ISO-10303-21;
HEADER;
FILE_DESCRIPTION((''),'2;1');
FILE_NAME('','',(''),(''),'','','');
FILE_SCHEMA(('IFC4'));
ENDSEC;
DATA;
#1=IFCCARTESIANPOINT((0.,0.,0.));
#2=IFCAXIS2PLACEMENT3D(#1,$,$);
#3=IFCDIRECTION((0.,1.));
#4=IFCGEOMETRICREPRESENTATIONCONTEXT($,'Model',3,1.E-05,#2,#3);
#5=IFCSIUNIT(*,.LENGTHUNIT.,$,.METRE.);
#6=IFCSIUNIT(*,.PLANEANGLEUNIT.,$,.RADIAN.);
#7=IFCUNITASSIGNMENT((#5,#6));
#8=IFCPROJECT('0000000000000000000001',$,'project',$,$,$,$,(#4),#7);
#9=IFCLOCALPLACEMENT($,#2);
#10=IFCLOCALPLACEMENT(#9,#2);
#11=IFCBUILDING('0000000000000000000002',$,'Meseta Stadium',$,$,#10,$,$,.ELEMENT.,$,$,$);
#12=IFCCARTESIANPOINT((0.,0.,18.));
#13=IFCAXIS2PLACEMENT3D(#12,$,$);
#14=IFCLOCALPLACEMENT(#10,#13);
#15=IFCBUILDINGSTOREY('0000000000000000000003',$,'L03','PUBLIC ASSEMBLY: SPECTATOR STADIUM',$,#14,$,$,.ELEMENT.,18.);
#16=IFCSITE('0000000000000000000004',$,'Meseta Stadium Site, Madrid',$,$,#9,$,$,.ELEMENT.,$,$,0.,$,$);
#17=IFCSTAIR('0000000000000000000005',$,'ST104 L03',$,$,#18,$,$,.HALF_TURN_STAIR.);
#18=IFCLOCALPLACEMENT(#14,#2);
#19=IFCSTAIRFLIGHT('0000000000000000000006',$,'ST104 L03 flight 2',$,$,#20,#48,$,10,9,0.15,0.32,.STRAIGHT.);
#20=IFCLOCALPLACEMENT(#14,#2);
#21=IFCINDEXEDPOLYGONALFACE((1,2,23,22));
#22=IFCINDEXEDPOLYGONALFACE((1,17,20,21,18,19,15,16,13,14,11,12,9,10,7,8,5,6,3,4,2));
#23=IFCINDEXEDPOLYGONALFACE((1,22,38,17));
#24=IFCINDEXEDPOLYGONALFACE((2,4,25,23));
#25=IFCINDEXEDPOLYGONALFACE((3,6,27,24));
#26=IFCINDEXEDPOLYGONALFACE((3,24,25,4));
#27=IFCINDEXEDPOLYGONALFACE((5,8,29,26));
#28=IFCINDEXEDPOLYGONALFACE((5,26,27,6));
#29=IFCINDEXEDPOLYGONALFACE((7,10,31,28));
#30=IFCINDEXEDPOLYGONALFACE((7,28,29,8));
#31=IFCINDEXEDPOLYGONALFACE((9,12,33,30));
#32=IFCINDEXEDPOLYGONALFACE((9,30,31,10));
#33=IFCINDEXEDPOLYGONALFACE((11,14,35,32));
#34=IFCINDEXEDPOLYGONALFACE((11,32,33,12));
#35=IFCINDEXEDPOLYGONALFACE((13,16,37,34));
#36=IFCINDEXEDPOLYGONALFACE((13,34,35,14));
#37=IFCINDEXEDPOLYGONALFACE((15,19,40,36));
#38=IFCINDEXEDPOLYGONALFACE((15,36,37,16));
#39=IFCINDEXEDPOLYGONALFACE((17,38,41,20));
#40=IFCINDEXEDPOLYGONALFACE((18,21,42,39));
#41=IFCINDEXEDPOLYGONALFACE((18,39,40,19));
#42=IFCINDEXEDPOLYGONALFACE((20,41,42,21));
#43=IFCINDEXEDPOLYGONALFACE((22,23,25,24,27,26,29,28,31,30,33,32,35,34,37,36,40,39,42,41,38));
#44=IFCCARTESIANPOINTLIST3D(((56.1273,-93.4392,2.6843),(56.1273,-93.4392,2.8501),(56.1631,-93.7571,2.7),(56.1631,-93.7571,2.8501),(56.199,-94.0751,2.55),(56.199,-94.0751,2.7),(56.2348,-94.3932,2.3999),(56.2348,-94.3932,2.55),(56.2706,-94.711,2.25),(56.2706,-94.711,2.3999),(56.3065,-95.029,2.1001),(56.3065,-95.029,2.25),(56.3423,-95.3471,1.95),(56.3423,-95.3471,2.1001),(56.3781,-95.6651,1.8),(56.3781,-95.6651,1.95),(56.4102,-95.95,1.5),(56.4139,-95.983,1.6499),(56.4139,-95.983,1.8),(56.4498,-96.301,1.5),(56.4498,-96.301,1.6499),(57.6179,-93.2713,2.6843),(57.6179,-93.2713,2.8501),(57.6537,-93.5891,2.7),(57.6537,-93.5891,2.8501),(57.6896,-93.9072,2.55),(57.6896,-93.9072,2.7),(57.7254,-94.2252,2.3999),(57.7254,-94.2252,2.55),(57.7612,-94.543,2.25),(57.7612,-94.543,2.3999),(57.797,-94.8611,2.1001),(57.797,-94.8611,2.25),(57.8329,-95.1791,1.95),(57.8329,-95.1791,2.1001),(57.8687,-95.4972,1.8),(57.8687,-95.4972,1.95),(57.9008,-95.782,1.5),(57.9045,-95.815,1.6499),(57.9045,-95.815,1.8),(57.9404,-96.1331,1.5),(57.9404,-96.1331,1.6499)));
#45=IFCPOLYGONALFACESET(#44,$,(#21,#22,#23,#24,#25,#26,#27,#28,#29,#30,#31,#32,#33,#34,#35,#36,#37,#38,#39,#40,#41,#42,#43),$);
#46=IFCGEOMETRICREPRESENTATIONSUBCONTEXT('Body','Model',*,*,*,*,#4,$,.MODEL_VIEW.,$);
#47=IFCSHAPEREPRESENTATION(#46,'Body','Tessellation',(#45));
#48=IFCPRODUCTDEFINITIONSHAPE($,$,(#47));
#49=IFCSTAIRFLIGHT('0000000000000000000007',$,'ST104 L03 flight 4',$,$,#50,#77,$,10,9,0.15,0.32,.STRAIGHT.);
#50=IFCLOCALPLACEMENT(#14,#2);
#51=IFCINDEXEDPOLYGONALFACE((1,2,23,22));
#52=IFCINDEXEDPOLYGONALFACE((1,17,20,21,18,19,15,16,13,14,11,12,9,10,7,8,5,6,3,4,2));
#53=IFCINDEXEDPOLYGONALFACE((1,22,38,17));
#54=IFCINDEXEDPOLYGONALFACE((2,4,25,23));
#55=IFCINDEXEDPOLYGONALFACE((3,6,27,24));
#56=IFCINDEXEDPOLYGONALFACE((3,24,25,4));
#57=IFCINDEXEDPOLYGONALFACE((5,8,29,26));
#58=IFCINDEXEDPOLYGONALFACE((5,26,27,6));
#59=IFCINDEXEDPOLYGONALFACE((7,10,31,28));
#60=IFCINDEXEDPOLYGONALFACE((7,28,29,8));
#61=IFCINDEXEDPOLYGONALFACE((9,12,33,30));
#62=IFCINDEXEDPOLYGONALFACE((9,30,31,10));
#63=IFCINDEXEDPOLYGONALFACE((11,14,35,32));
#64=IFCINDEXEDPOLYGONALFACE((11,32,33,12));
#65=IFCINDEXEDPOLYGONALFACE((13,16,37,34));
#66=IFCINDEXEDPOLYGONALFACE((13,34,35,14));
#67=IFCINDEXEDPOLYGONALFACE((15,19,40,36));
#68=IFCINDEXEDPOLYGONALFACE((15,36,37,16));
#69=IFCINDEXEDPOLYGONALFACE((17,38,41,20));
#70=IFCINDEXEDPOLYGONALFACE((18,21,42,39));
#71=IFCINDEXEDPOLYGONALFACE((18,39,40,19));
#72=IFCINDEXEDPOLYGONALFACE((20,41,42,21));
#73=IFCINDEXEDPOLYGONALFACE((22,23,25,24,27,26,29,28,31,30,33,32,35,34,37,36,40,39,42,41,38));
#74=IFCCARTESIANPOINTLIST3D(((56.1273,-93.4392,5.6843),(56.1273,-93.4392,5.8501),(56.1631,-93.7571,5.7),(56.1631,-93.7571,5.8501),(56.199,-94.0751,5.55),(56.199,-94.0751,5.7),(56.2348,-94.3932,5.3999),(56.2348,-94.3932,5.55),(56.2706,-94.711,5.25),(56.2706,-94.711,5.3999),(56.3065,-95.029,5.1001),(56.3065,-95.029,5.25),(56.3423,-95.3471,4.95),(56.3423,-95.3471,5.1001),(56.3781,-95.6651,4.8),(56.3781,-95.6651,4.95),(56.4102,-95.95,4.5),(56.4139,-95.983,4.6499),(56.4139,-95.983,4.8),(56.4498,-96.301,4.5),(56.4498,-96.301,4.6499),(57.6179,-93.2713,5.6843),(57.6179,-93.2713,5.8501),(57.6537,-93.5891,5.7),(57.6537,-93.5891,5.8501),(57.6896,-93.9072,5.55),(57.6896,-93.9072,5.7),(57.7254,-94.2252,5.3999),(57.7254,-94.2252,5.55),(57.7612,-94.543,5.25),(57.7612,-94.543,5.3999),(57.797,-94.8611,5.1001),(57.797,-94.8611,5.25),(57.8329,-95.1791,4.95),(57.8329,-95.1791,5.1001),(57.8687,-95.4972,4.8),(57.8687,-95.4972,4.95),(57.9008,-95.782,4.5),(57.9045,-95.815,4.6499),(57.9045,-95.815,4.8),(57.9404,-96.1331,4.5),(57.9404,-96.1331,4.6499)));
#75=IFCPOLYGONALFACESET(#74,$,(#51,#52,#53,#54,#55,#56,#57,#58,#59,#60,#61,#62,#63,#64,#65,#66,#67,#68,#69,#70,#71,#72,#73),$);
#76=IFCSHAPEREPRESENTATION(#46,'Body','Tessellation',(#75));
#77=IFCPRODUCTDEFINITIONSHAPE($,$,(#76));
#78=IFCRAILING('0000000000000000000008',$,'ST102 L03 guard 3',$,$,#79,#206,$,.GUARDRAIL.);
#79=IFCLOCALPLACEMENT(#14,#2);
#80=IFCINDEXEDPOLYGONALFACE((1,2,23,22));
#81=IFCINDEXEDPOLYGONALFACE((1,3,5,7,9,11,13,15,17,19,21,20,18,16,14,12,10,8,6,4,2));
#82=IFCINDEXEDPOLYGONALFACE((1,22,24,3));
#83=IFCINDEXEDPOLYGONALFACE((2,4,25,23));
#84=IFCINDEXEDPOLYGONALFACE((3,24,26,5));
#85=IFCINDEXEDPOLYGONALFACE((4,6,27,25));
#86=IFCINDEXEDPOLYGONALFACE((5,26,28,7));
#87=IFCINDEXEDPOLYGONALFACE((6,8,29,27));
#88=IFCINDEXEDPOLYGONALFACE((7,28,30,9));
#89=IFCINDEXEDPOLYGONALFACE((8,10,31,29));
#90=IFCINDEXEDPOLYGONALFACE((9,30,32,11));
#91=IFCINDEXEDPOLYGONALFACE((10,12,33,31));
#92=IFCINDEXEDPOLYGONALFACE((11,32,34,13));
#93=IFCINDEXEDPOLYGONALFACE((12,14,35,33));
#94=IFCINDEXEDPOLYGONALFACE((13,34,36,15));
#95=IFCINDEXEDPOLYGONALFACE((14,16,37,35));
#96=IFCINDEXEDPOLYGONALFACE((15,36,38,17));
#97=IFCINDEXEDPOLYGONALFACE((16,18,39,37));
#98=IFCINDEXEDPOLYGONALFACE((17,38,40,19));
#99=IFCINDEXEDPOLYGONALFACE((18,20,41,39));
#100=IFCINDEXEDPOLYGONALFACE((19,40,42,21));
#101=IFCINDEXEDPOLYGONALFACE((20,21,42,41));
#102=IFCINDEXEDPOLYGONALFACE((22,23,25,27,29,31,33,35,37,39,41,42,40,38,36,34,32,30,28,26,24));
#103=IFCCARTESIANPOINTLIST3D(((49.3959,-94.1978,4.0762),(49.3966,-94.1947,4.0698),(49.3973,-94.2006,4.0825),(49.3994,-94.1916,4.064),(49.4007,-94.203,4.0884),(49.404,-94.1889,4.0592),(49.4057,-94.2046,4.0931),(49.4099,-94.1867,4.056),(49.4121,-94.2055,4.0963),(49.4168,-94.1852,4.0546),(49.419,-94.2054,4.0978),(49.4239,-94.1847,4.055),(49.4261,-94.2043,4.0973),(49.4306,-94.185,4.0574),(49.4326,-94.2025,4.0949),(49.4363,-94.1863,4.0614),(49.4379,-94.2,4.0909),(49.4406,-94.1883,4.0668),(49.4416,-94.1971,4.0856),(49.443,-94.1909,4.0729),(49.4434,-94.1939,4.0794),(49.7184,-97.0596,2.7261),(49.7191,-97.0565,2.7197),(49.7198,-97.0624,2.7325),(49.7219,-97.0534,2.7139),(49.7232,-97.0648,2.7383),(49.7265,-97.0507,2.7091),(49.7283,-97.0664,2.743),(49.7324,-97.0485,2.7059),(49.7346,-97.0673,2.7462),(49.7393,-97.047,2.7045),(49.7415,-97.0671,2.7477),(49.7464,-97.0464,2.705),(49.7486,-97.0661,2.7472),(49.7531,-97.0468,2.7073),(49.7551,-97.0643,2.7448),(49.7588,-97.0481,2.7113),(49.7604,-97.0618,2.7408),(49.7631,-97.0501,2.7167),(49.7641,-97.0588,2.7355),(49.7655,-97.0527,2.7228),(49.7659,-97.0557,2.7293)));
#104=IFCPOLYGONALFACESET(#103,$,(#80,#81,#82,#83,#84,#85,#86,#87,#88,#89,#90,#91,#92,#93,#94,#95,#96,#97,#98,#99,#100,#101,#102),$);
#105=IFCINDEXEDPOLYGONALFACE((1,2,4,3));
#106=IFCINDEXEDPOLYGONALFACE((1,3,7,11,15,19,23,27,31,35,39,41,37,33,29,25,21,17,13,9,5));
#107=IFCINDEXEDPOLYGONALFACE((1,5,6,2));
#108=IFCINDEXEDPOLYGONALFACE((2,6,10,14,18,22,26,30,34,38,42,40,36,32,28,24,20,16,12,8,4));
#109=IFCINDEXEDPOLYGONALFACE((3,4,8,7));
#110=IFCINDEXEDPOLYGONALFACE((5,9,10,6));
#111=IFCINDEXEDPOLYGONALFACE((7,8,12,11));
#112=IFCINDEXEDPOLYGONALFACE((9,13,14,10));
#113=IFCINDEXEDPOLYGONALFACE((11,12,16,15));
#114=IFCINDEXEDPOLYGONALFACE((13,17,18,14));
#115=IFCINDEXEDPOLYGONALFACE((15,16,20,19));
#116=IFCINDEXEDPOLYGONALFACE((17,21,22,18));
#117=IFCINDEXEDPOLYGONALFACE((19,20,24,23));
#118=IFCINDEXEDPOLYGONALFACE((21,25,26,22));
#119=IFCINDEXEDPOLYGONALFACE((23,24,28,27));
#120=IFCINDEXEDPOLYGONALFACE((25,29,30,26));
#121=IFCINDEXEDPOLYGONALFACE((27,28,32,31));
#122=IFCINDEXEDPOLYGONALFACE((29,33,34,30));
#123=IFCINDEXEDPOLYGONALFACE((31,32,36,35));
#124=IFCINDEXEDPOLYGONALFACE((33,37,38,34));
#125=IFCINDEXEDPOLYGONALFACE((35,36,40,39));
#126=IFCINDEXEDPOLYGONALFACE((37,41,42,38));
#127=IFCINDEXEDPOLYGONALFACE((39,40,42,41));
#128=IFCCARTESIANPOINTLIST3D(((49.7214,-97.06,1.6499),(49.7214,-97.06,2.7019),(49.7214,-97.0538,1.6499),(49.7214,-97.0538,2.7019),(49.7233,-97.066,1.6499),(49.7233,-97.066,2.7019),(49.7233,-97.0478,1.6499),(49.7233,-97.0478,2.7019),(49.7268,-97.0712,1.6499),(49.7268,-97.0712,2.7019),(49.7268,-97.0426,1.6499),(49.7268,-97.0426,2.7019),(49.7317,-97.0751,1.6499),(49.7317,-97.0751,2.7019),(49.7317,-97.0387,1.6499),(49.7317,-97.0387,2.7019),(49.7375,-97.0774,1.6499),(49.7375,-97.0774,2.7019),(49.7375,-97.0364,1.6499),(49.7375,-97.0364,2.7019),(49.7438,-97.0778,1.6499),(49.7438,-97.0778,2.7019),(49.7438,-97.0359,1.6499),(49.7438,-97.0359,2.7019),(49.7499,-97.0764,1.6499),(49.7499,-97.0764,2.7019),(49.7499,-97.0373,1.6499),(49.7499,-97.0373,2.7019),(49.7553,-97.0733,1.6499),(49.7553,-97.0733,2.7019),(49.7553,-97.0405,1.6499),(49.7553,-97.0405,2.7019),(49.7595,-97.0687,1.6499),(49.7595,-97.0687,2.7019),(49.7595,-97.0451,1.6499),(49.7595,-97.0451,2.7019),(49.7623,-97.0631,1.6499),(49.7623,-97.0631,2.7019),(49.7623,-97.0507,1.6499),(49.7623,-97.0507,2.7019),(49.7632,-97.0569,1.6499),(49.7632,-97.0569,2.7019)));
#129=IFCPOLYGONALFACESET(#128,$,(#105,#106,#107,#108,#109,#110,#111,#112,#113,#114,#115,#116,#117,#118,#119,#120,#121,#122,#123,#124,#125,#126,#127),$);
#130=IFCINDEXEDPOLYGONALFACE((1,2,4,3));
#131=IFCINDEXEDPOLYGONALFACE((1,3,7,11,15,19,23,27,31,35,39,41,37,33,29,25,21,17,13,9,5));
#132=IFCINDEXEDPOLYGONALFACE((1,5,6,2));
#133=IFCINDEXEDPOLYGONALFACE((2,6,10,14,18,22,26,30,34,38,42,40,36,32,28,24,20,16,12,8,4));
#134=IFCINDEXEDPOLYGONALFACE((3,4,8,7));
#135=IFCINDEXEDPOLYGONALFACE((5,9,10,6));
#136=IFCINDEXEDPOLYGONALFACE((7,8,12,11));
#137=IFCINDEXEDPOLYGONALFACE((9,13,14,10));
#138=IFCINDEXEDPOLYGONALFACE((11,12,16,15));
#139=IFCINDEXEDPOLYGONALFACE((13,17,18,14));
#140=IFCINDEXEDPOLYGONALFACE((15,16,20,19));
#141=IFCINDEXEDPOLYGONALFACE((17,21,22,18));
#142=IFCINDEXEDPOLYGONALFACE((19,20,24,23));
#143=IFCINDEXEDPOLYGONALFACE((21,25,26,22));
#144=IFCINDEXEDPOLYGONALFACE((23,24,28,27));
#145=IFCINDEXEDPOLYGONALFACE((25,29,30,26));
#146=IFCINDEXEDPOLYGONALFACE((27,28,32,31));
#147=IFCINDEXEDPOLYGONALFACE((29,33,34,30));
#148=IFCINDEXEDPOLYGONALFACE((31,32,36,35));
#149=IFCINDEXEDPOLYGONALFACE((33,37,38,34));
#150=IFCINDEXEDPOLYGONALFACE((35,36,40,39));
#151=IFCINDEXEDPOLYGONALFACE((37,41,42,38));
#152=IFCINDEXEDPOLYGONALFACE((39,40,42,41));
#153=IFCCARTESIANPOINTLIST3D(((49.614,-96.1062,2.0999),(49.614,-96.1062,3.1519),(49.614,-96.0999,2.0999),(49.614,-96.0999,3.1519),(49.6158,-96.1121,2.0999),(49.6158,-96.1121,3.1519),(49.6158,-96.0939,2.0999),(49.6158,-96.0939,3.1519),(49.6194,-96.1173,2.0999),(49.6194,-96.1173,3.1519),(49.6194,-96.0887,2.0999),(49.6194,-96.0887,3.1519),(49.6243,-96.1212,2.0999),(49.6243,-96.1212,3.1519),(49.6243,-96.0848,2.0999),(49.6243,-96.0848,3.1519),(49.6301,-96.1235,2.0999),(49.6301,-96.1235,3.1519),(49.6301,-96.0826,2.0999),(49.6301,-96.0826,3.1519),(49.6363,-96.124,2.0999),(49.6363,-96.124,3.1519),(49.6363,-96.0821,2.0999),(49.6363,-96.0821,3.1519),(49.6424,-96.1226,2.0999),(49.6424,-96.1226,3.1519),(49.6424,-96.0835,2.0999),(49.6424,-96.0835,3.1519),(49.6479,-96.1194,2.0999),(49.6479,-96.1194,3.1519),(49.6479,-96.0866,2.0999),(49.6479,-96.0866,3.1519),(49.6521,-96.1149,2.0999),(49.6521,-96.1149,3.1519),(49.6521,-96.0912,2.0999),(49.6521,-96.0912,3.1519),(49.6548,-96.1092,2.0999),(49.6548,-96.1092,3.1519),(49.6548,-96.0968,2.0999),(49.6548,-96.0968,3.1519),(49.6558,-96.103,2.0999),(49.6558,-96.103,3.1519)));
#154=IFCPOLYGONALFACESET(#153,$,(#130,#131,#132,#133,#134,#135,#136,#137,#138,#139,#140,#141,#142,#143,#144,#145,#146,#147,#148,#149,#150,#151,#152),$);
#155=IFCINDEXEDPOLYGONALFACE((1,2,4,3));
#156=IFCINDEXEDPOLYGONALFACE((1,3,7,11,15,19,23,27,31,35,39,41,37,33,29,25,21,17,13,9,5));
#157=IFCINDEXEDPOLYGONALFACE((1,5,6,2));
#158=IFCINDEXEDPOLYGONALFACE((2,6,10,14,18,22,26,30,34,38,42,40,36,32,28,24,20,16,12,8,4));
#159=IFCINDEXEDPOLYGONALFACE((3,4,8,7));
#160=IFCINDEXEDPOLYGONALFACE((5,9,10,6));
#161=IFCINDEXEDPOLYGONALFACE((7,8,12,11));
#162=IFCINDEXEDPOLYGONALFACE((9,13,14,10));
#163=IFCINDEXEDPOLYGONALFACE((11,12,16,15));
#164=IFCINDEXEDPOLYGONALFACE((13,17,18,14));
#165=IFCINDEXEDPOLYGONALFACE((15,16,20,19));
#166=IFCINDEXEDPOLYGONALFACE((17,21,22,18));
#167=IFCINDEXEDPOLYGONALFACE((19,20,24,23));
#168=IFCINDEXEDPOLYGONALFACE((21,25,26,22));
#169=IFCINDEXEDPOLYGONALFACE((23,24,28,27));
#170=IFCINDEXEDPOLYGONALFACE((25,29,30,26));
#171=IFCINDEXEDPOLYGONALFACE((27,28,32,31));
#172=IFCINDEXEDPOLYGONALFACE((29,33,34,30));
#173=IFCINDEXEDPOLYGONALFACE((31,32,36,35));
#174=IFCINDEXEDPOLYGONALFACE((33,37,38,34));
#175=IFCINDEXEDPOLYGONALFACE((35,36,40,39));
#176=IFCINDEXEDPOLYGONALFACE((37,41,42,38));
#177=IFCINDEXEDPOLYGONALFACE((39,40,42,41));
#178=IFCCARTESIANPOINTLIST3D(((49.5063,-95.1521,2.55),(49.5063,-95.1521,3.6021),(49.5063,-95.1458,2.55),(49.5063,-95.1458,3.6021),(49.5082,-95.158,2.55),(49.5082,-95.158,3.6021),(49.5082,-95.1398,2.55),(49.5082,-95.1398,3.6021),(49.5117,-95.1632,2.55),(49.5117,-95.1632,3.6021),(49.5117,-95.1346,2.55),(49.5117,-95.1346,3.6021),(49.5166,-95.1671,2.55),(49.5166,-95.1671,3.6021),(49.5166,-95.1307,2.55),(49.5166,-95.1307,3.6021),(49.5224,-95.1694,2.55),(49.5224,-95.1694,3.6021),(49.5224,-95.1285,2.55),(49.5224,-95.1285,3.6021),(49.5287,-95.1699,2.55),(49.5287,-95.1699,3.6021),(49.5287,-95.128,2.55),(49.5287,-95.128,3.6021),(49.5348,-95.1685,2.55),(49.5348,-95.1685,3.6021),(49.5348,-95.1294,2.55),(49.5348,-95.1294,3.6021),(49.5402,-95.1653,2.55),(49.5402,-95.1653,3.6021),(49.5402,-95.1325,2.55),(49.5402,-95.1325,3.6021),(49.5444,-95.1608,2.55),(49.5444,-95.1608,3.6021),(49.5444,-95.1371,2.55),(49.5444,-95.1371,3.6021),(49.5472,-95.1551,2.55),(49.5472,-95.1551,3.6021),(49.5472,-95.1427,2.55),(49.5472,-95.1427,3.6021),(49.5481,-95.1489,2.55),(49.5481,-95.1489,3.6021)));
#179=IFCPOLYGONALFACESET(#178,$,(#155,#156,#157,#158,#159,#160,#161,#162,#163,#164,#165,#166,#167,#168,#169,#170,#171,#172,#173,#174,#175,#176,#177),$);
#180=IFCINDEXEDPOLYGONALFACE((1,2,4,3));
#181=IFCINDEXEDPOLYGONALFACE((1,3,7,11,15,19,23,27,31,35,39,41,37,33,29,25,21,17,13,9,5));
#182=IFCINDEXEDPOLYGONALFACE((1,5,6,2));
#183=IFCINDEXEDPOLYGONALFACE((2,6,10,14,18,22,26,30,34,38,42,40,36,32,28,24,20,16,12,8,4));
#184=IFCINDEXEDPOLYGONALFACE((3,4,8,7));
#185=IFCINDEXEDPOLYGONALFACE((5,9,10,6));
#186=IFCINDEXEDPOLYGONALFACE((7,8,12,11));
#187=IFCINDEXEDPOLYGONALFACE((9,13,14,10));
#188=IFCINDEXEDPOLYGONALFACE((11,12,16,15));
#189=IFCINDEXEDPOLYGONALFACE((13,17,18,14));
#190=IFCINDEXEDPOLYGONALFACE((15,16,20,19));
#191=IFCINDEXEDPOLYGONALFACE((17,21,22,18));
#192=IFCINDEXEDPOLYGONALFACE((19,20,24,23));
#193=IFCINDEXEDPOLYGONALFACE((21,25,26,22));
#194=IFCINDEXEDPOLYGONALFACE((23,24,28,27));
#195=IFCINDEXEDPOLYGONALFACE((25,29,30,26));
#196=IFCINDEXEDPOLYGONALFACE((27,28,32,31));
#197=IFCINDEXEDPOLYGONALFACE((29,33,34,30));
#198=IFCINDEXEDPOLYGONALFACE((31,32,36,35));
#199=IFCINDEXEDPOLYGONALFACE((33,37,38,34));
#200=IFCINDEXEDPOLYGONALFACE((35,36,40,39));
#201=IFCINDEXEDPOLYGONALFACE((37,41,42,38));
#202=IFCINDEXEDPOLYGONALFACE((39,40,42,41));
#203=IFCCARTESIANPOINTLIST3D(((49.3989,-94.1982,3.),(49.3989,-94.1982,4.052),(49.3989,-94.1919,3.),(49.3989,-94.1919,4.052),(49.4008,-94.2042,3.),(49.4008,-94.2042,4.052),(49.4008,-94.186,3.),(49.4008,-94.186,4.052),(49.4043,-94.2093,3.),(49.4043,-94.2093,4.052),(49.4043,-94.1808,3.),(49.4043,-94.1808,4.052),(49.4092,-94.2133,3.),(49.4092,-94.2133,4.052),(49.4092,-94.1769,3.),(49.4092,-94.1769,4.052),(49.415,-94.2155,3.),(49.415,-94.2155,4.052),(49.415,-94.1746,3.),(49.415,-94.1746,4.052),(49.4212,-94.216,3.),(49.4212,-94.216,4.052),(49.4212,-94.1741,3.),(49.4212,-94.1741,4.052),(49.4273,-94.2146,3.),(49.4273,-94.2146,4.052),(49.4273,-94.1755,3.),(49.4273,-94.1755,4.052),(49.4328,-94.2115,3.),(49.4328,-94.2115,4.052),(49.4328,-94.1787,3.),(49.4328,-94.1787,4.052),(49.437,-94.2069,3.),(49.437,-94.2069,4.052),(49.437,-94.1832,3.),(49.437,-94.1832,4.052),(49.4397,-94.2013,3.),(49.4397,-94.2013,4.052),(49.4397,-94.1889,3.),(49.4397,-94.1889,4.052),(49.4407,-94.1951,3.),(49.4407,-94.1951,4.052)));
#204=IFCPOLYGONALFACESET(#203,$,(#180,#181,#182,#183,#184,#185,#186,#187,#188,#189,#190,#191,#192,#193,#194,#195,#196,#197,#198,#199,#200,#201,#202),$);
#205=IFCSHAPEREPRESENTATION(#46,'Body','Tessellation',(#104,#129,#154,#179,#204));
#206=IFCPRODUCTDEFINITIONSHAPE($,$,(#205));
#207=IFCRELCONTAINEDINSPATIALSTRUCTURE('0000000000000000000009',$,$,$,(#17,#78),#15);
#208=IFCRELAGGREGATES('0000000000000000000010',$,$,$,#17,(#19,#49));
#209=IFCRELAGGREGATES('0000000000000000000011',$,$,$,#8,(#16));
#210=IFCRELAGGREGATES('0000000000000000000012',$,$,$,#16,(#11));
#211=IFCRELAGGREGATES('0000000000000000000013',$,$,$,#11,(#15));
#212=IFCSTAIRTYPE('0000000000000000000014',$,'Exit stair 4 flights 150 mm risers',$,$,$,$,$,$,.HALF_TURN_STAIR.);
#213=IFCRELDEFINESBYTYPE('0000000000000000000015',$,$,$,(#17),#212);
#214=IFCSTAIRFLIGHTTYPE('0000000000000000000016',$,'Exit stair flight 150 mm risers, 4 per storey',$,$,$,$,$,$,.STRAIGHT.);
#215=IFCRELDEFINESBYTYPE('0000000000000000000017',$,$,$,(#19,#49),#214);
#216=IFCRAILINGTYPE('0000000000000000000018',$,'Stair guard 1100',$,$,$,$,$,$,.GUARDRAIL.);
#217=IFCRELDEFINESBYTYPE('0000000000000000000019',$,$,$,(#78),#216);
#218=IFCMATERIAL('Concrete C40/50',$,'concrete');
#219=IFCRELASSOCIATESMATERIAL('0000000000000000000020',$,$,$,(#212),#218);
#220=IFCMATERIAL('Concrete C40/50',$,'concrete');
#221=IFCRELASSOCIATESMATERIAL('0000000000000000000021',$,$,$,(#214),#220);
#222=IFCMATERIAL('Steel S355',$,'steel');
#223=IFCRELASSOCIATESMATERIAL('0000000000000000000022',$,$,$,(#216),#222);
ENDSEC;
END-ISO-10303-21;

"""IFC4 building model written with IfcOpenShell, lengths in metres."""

from ifc_helpers import new_model, si_unit, direction, frame, origin, origin_2d, place, context, subcontext, project, spatial, polyline, circle, outline, extrude, material, type_object, element, aggregate, save


model = new_model("IFC4")

# Units and contexts
model_context = context("Model", 3, precision=1e-05, world=origin(), true_north=direction((0.0, 1.0)))
body_context = subcontext(model_context, "Body", "Model", "MODEL_VIEW")
ifc_project = project(units=[si_unit("LENGTHUNIT", "METRE"), si_unit("PLANEANGLEUNIT", "RADIAN")], contexts=[model_context])

# Site, building, storey
site_placement = place(None, origin())
site = spatial("IfcSite", under=ifc_project, at=site_placement, Name="Meseta Stadium Site, Madrid", CompositionType="ELEMENT", RefElevation=0.0)
building_placement = place(site_placement, origin())
building = spatial("IfcBuilding", under=site, at=building_placement, Name="Meseta Stadium", CompositionType="ELEMENT")
storey_placement = place(building_placement, frame((0.0, 0.0, 18.0)))
storey = spatial("IfcBuildingStorey", under=building, at=storey_placement, Name="L03", Description="PUBLIC ASSEMBLY: SPECTATOR STADIUM", CompositionType="ELEMENT", Elevation=18.0)

# Stair, stair flights
ifc_material_1 = material(Name="Concrete C40/50", Category="concrete")
stair_type = type_object("IfcStairType", Name="Exit stair 4 flights 150 mm risers", PredefinedType="HALF_TURN_STAIR", material=ifc_material_1)
ifc_material_2 = material(Name="Concrete C40/50", Category="concrete")
stair_flight_type = type_object("IfcStairFlightType", Name="Exit stair flight 150 mm risers, 4 per storey", PredefinedType="STRAIGHT", material=ifc_material_2)
stair_1_placement = place(storey_placement, origin())
stair_1 = element("IfcStair", 1, at=stair_1_placement, inside=storey, type_object=stair_type, Name="ST104 L03", PredefinedType="HALF_TURN_STAIR")
stair_flight_1_placement = place(storey_placement, frame((57.1951, -96.217, 1.5), z_axis=(0.0, 0.0, 1.0), x_axis=(-0.111964, 0.993712, 0.0)))
stair_flight_1 = element("IfcStairFlight", 2, at=stair_flight_1_placement, type_object=stair_flight_type, Name="ST104 L03 flight 2", NumberOfRisers=10, NumberOfTreads=9, PredefinedType="STRAIGHT", RiserHeight=0.15, TreadLength=0.32, context=body_context, shape_type="SweptSolid", body=[
    extrude(outline(polyline([(0.0, 0.0), (0.0, 0.1499), (0.3201, 0.1499), (0.3201, 0.3), (0.6399, 0.3), (0.6399, 0.45), (0.96, 0.45), (0.96, 0.6001), (1.28, 0.6001), (1.28, 0.75), (1.6001, 0.75), (1.6001, 0.8999), (1.9199, 0.8999), (1.9199, 1.05), (2.24, 1.05), (2.24, 1.2), (2.5601, 1.2), (2.5601, 1.3501), (2.8799, 1.3501), (2.8799, 1.1843), (0.3533, 0.0), (0.0, 0.0)])), frame((0.0, 0.75, 0.0), z_axis=(0.0, -1.0, 0.0), x_axis=(1.0, 0.0, 0.0)), (0.0, 0.0, 1.0), 1.5),
])
stair_flight_2_placement = place(storey_placement, frame((57.1951, -96.217, 4.5), z_axis=(0.0, 0.0, 1.0), x_axis=(-0.111964, 0.993712, 0.0)))
stair_flight_2 = element("IfcStairFlight", 3, at=stair_flight_2_placement, type_object=stair_flight_type, Name="ST104 L03 flight 4", NumberOfRisers=10, NumberOfTreads=9, PredefinedType="STRAIGHT", RiserHeight=0.15, TreadLength=0.32, context=body_context, shape_type="SweptSolid", body=[
    extrude(outline(polyline([(0.0, 0.0), (0.0, 0.1499), (0.3201, 0.1499), (0.3201, 0.3), (0.6399, 0.3), (0.6399, 0.45), (0.96, 0.45), (0.96, 0.6001), (1.28, 0.6001), (1.28, 0.75), (1.6001, 0.75), (1.6001, 0.8999), (1.9199, 0.8999), (1.9199, 1.05), (2.24, 1.05), (2.24, 1.2), (2.5601, 1.2), (2.5601, 1.3501), (2.8799, 1.3501), (2.8799, 1.1843), (0.3533, 0.0), (0.0, 0.0)])), frame((0.0, 0.75, 0.0), z_axis=(0.0, -1.0, 0.0), x_axis=(1.0, 0.0, 0.0)), (0.0, 0.0, 1.0), 1.5),
])
aggregate(stair_1, [stair_flight_1, stair_flight_2])

# Railing
ifc_material_3 = material(Name="Steel S355", Category="steel")
railing_type_1 = type_object("IfcRailingType", Name="Stair guard 1100", PredefinedType="GUARDRAIL", material=ifc_material_3)
railing_1_placement = place(storey_placement, frame((49.7422, -97.0569, 1.6499)))
element("IfcRailing", 4, at=railing_1_placement, inside=storey, type_object=railing_type_1, Name="ST102 L03 guard 3", PredefinedType="GUARDRAIL", context=body_context, shape_type="SweptSolid", body=[
    extrude(circle(Radius=0.0239, at=origin_2d()), frame((0.0, 0.0, 1.0762), z_axis=(-0.101396, 0.899748, 0.424467), x_axis=(-0.99371, -0.111985, 0.0)), (0.0, 0.0, 1.0), 3.1807),
    extrude(circle(Radius=0.021, at=origin_2d()), origin(), (0.0, 0.0, 1.0), 1.052),
    extrude(circle(Radius=0.021, at=origin_2d()), frame((-0.1074, 0.9539, 0.45)), (0.0, 0.0, 1.0), 1.052),
    extrude(circle(Radius=0.021, at=origin_2d()), frame((-0.2151, 1.908, 0.9001)), (0.0, 0.0, 1.0), 1.052),
    extrude(circle(Radius=0.021, at=origin_2d()), frame((-0.3225, 2.8618, 1.3501)), (0.0, 0.0, 1.0), 1.052),
])

save(model, "model.ifc")
